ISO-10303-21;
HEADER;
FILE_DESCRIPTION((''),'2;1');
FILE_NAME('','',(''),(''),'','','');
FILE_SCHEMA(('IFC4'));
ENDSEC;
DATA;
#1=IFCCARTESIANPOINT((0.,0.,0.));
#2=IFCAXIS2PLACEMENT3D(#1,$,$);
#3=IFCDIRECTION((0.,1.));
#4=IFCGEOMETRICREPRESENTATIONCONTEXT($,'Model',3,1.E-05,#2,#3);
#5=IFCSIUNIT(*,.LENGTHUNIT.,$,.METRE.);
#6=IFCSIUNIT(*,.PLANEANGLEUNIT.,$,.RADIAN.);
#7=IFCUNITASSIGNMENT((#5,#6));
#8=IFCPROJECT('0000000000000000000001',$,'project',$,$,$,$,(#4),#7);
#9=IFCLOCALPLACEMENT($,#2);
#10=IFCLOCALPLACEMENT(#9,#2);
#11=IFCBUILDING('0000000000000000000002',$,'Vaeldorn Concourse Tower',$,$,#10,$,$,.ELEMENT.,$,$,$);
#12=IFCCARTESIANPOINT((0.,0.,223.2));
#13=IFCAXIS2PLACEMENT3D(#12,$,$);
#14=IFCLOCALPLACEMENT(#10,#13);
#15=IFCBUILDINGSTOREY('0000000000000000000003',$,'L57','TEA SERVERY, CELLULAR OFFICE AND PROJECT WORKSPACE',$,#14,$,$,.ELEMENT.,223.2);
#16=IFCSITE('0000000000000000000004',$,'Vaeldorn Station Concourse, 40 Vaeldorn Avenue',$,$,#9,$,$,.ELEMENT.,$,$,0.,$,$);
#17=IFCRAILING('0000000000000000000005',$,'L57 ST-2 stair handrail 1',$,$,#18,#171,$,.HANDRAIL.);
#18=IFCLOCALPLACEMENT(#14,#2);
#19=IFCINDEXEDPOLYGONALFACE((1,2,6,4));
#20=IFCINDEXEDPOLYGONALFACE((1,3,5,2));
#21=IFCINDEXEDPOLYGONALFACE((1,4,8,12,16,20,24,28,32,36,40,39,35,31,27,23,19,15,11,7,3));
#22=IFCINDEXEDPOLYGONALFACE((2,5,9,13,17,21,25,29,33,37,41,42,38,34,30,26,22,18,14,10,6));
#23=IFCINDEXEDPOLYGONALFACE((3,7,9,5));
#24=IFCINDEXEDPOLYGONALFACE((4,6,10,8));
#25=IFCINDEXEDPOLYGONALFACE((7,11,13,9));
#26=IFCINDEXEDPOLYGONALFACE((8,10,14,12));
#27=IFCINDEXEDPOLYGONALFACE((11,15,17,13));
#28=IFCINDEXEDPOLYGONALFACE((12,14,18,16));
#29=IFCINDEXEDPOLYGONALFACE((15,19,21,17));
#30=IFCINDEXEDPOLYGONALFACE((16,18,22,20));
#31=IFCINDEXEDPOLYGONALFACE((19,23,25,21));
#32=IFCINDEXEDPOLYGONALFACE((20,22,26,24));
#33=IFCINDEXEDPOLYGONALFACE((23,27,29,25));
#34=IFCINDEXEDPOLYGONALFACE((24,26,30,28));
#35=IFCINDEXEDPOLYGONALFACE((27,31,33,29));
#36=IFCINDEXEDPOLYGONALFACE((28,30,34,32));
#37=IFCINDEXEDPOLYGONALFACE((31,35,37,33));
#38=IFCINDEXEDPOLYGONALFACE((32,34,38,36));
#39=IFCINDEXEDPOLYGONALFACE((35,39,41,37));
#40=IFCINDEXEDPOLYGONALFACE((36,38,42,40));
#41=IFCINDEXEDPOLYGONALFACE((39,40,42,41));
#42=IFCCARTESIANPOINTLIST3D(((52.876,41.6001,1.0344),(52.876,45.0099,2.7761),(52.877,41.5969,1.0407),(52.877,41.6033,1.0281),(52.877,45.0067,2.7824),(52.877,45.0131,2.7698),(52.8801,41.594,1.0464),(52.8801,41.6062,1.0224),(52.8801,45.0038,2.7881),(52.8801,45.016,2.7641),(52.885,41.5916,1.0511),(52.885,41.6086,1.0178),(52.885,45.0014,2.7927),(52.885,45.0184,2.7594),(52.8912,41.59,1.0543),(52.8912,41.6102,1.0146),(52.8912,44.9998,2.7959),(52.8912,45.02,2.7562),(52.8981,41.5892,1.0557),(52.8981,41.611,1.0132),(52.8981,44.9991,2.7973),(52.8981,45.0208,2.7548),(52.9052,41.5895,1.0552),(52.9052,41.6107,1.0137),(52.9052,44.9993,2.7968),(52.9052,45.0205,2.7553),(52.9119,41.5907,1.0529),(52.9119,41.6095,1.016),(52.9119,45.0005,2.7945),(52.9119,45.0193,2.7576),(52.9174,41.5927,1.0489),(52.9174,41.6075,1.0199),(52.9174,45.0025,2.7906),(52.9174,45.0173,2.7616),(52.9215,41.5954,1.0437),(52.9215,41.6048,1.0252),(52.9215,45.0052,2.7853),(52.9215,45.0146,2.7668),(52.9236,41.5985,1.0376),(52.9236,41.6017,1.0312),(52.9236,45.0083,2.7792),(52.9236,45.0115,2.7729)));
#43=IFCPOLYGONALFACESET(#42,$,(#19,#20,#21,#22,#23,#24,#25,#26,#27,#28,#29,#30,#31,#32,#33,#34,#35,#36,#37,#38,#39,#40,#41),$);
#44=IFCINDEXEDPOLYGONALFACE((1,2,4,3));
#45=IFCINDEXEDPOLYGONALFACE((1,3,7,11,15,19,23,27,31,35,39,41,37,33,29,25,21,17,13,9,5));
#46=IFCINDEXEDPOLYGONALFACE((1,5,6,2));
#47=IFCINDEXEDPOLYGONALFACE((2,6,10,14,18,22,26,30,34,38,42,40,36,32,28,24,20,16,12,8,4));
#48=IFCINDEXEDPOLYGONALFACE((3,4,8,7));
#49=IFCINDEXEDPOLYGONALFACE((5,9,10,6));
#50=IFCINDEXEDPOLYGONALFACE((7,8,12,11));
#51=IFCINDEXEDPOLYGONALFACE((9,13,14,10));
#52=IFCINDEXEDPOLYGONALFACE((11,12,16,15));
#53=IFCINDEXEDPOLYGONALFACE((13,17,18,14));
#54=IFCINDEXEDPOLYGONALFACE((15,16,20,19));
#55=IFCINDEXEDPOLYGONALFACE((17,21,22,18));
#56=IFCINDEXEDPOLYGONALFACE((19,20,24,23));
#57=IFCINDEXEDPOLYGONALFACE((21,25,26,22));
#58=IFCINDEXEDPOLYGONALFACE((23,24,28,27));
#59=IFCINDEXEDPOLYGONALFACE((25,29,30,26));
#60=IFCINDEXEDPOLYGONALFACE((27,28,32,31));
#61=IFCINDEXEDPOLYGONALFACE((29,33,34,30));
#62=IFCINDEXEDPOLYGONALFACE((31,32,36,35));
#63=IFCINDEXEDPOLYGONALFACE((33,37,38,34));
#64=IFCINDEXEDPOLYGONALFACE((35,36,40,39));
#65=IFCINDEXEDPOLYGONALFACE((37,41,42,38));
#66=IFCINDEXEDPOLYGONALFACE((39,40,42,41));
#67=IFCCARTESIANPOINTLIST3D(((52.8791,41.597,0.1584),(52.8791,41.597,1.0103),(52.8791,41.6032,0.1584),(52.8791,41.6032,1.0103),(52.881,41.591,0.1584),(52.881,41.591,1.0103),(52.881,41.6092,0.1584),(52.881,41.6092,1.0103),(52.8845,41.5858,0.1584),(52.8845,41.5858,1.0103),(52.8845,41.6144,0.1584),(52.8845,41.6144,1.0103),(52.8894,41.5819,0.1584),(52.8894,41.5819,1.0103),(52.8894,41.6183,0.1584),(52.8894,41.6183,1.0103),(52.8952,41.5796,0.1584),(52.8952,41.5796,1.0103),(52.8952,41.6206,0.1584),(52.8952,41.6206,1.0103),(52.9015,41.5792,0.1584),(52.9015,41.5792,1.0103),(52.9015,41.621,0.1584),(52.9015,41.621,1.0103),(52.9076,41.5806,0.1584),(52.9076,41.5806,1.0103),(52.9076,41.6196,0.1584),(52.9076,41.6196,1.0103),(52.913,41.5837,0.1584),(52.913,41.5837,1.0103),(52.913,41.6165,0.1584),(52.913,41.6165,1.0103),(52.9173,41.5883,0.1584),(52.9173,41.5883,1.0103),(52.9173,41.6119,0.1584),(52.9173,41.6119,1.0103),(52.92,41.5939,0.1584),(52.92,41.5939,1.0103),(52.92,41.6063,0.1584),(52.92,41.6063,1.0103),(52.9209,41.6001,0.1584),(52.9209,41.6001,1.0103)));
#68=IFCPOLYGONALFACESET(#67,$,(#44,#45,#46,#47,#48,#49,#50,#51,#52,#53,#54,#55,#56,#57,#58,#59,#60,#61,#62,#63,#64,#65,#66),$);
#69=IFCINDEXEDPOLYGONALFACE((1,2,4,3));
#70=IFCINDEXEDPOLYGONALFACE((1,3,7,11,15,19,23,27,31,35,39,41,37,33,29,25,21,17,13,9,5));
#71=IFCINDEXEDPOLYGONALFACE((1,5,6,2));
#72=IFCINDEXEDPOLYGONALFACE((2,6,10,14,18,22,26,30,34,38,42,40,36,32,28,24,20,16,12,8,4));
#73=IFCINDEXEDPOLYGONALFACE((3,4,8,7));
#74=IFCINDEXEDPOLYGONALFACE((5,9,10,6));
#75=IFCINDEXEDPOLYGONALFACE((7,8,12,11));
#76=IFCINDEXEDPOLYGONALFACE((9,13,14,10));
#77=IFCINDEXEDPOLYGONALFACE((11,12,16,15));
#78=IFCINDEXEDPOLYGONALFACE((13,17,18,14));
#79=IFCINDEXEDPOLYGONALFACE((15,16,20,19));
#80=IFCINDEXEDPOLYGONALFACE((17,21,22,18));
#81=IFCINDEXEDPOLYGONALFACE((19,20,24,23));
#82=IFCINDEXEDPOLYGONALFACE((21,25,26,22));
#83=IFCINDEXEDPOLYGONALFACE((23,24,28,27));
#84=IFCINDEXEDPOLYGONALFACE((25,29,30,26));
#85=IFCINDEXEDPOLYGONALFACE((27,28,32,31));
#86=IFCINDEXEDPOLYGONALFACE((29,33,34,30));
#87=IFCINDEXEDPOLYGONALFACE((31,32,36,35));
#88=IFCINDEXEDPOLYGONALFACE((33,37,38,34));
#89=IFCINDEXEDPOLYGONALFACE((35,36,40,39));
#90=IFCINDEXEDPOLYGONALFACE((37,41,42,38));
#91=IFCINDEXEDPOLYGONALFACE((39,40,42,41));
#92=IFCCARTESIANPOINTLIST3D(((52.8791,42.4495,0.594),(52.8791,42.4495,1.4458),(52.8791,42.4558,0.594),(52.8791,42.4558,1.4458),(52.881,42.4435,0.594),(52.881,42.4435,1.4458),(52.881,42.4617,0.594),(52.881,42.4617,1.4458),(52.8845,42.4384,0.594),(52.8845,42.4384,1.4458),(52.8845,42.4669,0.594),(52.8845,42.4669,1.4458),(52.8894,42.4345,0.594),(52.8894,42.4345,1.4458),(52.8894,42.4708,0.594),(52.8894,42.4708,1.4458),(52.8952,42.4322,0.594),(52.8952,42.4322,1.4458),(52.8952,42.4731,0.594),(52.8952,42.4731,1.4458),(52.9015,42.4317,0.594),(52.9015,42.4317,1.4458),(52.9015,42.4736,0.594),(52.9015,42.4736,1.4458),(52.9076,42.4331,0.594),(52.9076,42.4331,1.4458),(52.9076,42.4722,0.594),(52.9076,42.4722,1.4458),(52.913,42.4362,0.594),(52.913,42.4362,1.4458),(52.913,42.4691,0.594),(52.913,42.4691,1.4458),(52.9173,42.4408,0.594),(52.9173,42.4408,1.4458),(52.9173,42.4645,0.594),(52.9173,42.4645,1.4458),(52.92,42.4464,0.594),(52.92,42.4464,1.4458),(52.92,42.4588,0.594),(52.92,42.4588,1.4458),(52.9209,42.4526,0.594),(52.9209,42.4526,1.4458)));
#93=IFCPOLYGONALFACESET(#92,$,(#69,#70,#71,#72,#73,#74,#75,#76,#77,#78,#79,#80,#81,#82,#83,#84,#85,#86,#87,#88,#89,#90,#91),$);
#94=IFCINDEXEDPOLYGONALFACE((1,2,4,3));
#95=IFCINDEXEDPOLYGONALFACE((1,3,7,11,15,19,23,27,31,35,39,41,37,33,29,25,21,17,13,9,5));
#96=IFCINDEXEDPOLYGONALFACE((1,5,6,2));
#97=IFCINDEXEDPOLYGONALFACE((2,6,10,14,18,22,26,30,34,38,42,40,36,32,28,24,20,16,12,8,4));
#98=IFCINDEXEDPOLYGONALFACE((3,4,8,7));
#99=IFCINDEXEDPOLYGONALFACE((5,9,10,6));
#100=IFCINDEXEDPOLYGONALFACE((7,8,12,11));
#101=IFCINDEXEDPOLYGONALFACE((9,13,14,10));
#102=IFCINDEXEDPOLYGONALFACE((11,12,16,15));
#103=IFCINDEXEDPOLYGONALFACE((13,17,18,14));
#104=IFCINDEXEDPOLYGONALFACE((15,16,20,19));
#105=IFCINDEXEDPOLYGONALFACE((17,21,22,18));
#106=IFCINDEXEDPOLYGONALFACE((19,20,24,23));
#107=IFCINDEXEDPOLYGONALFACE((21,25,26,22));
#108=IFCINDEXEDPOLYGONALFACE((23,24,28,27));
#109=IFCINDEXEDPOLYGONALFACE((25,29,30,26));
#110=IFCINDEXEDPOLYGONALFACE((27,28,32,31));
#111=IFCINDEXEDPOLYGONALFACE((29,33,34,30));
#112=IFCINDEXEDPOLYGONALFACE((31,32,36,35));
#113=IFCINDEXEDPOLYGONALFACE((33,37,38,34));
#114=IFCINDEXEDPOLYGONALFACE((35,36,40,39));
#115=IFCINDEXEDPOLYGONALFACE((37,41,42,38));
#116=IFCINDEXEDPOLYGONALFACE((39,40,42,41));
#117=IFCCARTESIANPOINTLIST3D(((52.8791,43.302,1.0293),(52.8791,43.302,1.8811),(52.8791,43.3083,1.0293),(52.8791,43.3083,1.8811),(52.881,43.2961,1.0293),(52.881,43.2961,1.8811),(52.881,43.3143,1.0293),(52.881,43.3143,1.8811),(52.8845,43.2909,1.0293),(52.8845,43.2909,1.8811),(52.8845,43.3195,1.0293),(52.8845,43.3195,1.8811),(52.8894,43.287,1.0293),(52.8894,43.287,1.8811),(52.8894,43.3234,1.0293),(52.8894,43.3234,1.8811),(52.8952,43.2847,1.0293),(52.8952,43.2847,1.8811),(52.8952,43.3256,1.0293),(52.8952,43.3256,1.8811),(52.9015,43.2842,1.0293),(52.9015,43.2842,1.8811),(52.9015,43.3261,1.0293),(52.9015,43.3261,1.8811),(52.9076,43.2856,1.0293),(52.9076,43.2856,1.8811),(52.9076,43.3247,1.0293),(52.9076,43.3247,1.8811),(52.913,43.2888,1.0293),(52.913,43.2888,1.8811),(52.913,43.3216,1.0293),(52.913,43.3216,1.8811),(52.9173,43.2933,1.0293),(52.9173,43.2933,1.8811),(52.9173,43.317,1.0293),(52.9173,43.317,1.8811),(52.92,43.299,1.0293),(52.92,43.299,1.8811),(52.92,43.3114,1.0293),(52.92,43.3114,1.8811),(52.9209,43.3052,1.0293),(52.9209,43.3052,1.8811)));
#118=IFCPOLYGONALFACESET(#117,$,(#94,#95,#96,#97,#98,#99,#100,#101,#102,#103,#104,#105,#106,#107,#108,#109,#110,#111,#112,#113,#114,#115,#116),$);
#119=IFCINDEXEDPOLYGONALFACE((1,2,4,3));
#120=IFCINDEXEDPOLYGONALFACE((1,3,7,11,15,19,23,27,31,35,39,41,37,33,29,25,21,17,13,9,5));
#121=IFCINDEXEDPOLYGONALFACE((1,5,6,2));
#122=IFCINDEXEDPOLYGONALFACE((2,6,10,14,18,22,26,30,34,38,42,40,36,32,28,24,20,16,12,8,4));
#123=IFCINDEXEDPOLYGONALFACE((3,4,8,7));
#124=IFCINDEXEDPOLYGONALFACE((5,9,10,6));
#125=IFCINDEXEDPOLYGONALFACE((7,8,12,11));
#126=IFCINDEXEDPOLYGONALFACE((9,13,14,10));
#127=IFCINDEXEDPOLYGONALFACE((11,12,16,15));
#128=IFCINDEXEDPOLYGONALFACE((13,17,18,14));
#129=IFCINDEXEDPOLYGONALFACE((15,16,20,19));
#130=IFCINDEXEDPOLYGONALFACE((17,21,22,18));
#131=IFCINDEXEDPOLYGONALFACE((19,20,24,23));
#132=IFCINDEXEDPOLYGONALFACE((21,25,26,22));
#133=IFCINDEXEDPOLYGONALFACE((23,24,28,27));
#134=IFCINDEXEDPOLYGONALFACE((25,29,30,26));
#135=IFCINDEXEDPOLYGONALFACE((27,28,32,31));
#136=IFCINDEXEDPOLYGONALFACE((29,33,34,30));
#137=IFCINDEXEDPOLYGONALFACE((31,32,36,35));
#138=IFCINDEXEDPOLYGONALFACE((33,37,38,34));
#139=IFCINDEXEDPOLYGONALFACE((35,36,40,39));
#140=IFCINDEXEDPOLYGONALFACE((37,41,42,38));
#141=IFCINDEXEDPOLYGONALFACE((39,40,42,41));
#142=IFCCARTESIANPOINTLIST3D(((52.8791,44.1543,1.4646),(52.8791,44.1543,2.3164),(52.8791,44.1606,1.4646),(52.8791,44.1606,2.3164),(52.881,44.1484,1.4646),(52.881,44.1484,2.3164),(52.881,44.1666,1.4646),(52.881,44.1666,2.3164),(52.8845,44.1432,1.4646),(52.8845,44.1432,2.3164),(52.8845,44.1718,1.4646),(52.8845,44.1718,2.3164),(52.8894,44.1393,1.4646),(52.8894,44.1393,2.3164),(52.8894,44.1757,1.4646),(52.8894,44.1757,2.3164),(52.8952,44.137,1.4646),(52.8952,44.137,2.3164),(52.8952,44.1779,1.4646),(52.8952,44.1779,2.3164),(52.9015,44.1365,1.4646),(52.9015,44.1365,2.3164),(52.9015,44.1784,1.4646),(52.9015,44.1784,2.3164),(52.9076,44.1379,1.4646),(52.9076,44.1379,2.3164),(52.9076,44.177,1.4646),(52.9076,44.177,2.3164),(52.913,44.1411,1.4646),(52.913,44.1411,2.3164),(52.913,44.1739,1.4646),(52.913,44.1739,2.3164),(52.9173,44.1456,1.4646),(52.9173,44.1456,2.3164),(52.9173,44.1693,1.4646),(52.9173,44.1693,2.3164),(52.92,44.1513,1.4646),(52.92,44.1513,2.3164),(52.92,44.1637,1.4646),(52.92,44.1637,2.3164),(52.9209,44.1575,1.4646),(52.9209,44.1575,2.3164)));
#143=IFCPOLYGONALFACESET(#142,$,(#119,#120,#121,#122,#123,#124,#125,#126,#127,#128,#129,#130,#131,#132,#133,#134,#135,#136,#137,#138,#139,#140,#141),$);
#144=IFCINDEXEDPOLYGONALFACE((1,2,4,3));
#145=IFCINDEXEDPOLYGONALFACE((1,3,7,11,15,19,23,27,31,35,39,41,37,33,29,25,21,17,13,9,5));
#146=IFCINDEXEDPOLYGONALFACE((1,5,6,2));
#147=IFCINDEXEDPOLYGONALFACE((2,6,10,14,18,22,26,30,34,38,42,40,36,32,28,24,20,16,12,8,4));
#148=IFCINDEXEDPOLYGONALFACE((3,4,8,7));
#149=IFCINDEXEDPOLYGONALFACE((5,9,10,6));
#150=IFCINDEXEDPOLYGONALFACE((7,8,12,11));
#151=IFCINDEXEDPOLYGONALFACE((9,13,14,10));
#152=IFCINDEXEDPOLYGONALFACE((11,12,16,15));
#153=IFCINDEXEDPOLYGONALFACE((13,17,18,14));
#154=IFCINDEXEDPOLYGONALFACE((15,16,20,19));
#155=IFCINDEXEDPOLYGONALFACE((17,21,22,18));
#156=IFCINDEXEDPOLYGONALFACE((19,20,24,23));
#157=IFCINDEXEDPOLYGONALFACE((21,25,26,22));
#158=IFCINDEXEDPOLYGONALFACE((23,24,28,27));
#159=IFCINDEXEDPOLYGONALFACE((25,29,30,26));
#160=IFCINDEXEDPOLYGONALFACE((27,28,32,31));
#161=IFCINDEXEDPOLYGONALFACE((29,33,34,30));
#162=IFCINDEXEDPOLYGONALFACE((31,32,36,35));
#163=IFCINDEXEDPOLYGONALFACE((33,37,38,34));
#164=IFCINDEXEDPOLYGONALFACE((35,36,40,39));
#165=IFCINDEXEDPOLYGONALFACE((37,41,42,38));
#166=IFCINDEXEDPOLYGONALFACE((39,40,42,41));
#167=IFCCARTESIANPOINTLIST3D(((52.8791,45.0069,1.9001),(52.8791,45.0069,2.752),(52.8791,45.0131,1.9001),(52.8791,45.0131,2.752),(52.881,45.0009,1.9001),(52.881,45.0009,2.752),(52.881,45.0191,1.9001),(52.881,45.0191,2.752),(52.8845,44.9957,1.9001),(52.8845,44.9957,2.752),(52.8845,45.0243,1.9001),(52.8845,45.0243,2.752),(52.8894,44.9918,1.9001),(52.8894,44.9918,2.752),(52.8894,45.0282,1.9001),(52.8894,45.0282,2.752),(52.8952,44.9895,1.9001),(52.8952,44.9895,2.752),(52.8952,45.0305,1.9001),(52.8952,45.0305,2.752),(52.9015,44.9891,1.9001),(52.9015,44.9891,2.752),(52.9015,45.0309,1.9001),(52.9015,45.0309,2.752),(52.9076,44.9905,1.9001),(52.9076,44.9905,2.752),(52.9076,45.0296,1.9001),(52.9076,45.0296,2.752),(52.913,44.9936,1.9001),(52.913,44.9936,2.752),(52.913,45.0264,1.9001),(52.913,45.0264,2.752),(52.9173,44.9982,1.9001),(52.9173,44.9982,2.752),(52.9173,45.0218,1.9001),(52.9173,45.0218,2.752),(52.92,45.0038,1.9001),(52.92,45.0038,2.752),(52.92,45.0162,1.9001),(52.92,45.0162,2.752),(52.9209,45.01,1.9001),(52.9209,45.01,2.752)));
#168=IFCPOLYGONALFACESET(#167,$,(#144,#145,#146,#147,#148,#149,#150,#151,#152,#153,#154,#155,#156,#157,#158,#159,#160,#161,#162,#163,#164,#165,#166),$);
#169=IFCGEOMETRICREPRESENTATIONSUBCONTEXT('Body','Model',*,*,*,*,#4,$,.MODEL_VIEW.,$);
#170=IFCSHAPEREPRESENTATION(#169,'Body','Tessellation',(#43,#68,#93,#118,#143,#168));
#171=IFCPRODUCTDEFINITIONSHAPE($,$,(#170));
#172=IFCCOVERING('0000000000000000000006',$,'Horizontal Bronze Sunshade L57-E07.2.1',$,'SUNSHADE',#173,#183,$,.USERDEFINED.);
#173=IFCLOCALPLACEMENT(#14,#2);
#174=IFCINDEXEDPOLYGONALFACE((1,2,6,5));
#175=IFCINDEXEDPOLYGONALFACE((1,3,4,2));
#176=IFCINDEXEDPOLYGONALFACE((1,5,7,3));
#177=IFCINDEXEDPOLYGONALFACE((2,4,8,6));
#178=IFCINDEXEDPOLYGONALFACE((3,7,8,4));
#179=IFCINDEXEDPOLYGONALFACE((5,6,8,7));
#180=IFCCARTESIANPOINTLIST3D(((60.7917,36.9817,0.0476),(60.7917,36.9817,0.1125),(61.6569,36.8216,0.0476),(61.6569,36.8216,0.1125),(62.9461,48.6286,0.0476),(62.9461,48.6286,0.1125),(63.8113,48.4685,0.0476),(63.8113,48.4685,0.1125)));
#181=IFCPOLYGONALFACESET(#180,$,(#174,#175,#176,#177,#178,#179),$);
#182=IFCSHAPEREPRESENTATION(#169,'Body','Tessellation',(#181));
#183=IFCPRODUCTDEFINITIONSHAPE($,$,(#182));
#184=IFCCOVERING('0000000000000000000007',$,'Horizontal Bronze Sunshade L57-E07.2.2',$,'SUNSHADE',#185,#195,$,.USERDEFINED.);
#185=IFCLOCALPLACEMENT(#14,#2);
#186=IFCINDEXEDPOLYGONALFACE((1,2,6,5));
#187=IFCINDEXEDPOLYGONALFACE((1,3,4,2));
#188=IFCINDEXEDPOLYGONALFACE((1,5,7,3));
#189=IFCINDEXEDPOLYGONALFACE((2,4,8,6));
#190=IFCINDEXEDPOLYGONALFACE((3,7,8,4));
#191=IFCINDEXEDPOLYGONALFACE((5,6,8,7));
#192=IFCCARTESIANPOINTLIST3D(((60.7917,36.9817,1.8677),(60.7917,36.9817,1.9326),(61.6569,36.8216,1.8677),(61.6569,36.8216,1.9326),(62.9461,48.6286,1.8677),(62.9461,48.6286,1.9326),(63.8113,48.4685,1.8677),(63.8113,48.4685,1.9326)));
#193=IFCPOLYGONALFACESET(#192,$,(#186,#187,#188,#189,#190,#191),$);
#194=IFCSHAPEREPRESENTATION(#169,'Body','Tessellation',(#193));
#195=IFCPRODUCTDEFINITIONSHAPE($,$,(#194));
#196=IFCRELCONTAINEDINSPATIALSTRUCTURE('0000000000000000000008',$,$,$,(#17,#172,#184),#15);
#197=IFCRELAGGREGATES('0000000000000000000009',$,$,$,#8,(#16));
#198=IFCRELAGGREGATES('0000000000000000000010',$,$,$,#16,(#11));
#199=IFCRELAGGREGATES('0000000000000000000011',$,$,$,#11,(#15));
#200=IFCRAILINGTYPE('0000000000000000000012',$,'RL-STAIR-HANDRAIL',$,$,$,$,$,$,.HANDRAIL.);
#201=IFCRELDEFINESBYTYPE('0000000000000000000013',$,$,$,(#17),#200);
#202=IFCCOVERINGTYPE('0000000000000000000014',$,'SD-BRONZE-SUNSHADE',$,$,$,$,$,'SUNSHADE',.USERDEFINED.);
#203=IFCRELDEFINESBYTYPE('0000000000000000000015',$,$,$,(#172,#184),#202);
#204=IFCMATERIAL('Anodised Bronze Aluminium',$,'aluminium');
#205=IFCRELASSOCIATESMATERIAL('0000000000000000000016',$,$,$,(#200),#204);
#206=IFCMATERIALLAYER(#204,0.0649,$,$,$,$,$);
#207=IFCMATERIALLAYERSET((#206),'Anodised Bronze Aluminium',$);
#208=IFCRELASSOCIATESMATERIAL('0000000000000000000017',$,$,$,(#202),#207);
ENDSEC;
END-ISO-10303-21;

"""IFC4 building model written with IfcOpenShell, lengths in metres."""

from ifc_helpers import new_model, si_unit, direction, frame, origin, origin_2d, place, context, subcontext, project, spatial, rectangle, circle, extrude, source, transform, mapped, material, layer, layer_set, type_object, element, save


model = new_model("IFC4")

# Units and contexts
model_context = context("Model", 3, precision=1e-05, world=origin(), true_north=direction((0.0, 1.0)))
body_context = subcontext(model_context, "Body", "Model", "MODEL_VIEW")
ifc_project = project(units=[si_unit("LENGTHUNIT", "METRE"), si_unit("PLANEANGLEUNIT", "RADIAN")], contexts=[model_context])

# Site, building, storey
site_placement = place(None, origin())
site = spatial("IfcSite", under=ifc_project, at=site_placement, Name="Vaeldorn Station Concourse, 40 Vaeldorn Avenue", CompositionType="ELEMENT", RefElevation=0.0)
building_placement = place(site_placement, origin())
building = spatial("IfcBuilding", under=site, at=building_placement, Name="Vaeldorn Concourse Tower", CompositionType="ELEMENT")
storey_placement = place(building_placement, frame((0.0, 0.0, 223.2)))
storey = spatial("IfcBuildingStorey", under=building, at=storey_placement, Name="L57", Description="TEA SERVERY, CELLULAR OFFICE AND PROJECT WORKSPACE", CompositionType="ELEMENT", Elevation=223.2)

# Shared definitions
ifc_material_1 = material(Name="Anodised Bronze Aluminium", Category="aluminium")

# Railing
railing_type_1 = type_object("IfcRailingType", Name="RL-STAIR-HANDRAIL", PredefinedType="HANDRAIL", material=ifc_material_1)
railing_1_placement = place(storey_placement, frame((52.8999, 41.6001, 0.1584)))
element("IfcRailing", 1, at=railing_1_placement, inside=storey, type_object=railing_type_1, Name="L57 ST-2 stair handrail 1", PredefinedType="HANDRAIL", context=body_context, shape_type="SweptSolid", body=[
    extrude(circle(Radius=0.0239, at=origin_2d()), frame((0.0, 0.0, 0.876), z_axis=(0.0, 0.890556, 0.454874), x_axis=(-1.0, 0.0, 0.0)), (0.0, 0.0, 1.0), 3.8289),
    extrude(circle(Radius=0.021, at=origin_2d()), origin(), (0.0, 0.0, 1.0), 0.8518),
    extrude(circle(Radius=0.021, at=origin_2d()), frame((0.0, 0.8525, 0.4355)), (0.0, 0.0, 1.0), 0.8518),
    extrude(circle(Radius=0.021, at=origin_2d()), frame((0.0, 1.7051, 0.8708)), (0.0, 0.0, 1.0), 0.8518),
    extrude(circle(Radius=0.021, at=origin_2d()), frame((0.0, 2.5574, 1.3062)), (0.0, 0.0, 1.0), 0.8518),
    extrude(circle(Radius=0.021, at=origin_2d()), frame((0.0, 3.4099, 1.7417)), (0.0, 0.0, 1.0), 0.8518),
])

# Coverings
ifc_layer_1 = layer(ifc_material_1, 0.0649)
ifc_layer_set_1 = layer_set([ifc_layer_1], Name="Anodised Bronze Aluminium")
covering_type = type_object("IfcCoveringType", Name="SD-BRONZE-SUNSHADE", ElementType="SUNSHADE", PredefinedType="USERDEFINED", material=ifc_layer_set_1)
shared_shape_1 = source(origin(), body_context, "Body", "SweptSolid", [
    extrude(rectangle(XDim=11.8445, YDim=0.8799, at=origin_2d()), origin(), (0.0, 0.0, 1.0), 0.0649),
])
for number, where, z_axis, x_axis, name in (
    (2, (62.3015, 42.7251, 0.0476), (0.0, 0.0, 1.0), (0.181892, 0.983318, 0.0), "Horizontal Bronze Sunshade L57-E07.2.1"),
    (3, (62.3015, 42.7251, 1.8677), (0.0, 0.0, 1.0), (0.181892, 0.983318, 0.0), "Horizontal Bronze Sunshade L57-E07.2.2"),
):
    element("IfcCovering", number, at=place(storey_placement, frame(where, z_axis=z_axis, x_axis=x_axis)), inside=storey, type_object=covering_type, Name=name, ObjectType="SUNSHADE", PredefinedType="USERDEFINED", context=body_context, shape_type="MappedRepresentation", body=[
        mapped(shared_shape_1, transform((0.0, 0.0, 0.0), scale=1.0)),
    ])

save(model, "model.ifc")
